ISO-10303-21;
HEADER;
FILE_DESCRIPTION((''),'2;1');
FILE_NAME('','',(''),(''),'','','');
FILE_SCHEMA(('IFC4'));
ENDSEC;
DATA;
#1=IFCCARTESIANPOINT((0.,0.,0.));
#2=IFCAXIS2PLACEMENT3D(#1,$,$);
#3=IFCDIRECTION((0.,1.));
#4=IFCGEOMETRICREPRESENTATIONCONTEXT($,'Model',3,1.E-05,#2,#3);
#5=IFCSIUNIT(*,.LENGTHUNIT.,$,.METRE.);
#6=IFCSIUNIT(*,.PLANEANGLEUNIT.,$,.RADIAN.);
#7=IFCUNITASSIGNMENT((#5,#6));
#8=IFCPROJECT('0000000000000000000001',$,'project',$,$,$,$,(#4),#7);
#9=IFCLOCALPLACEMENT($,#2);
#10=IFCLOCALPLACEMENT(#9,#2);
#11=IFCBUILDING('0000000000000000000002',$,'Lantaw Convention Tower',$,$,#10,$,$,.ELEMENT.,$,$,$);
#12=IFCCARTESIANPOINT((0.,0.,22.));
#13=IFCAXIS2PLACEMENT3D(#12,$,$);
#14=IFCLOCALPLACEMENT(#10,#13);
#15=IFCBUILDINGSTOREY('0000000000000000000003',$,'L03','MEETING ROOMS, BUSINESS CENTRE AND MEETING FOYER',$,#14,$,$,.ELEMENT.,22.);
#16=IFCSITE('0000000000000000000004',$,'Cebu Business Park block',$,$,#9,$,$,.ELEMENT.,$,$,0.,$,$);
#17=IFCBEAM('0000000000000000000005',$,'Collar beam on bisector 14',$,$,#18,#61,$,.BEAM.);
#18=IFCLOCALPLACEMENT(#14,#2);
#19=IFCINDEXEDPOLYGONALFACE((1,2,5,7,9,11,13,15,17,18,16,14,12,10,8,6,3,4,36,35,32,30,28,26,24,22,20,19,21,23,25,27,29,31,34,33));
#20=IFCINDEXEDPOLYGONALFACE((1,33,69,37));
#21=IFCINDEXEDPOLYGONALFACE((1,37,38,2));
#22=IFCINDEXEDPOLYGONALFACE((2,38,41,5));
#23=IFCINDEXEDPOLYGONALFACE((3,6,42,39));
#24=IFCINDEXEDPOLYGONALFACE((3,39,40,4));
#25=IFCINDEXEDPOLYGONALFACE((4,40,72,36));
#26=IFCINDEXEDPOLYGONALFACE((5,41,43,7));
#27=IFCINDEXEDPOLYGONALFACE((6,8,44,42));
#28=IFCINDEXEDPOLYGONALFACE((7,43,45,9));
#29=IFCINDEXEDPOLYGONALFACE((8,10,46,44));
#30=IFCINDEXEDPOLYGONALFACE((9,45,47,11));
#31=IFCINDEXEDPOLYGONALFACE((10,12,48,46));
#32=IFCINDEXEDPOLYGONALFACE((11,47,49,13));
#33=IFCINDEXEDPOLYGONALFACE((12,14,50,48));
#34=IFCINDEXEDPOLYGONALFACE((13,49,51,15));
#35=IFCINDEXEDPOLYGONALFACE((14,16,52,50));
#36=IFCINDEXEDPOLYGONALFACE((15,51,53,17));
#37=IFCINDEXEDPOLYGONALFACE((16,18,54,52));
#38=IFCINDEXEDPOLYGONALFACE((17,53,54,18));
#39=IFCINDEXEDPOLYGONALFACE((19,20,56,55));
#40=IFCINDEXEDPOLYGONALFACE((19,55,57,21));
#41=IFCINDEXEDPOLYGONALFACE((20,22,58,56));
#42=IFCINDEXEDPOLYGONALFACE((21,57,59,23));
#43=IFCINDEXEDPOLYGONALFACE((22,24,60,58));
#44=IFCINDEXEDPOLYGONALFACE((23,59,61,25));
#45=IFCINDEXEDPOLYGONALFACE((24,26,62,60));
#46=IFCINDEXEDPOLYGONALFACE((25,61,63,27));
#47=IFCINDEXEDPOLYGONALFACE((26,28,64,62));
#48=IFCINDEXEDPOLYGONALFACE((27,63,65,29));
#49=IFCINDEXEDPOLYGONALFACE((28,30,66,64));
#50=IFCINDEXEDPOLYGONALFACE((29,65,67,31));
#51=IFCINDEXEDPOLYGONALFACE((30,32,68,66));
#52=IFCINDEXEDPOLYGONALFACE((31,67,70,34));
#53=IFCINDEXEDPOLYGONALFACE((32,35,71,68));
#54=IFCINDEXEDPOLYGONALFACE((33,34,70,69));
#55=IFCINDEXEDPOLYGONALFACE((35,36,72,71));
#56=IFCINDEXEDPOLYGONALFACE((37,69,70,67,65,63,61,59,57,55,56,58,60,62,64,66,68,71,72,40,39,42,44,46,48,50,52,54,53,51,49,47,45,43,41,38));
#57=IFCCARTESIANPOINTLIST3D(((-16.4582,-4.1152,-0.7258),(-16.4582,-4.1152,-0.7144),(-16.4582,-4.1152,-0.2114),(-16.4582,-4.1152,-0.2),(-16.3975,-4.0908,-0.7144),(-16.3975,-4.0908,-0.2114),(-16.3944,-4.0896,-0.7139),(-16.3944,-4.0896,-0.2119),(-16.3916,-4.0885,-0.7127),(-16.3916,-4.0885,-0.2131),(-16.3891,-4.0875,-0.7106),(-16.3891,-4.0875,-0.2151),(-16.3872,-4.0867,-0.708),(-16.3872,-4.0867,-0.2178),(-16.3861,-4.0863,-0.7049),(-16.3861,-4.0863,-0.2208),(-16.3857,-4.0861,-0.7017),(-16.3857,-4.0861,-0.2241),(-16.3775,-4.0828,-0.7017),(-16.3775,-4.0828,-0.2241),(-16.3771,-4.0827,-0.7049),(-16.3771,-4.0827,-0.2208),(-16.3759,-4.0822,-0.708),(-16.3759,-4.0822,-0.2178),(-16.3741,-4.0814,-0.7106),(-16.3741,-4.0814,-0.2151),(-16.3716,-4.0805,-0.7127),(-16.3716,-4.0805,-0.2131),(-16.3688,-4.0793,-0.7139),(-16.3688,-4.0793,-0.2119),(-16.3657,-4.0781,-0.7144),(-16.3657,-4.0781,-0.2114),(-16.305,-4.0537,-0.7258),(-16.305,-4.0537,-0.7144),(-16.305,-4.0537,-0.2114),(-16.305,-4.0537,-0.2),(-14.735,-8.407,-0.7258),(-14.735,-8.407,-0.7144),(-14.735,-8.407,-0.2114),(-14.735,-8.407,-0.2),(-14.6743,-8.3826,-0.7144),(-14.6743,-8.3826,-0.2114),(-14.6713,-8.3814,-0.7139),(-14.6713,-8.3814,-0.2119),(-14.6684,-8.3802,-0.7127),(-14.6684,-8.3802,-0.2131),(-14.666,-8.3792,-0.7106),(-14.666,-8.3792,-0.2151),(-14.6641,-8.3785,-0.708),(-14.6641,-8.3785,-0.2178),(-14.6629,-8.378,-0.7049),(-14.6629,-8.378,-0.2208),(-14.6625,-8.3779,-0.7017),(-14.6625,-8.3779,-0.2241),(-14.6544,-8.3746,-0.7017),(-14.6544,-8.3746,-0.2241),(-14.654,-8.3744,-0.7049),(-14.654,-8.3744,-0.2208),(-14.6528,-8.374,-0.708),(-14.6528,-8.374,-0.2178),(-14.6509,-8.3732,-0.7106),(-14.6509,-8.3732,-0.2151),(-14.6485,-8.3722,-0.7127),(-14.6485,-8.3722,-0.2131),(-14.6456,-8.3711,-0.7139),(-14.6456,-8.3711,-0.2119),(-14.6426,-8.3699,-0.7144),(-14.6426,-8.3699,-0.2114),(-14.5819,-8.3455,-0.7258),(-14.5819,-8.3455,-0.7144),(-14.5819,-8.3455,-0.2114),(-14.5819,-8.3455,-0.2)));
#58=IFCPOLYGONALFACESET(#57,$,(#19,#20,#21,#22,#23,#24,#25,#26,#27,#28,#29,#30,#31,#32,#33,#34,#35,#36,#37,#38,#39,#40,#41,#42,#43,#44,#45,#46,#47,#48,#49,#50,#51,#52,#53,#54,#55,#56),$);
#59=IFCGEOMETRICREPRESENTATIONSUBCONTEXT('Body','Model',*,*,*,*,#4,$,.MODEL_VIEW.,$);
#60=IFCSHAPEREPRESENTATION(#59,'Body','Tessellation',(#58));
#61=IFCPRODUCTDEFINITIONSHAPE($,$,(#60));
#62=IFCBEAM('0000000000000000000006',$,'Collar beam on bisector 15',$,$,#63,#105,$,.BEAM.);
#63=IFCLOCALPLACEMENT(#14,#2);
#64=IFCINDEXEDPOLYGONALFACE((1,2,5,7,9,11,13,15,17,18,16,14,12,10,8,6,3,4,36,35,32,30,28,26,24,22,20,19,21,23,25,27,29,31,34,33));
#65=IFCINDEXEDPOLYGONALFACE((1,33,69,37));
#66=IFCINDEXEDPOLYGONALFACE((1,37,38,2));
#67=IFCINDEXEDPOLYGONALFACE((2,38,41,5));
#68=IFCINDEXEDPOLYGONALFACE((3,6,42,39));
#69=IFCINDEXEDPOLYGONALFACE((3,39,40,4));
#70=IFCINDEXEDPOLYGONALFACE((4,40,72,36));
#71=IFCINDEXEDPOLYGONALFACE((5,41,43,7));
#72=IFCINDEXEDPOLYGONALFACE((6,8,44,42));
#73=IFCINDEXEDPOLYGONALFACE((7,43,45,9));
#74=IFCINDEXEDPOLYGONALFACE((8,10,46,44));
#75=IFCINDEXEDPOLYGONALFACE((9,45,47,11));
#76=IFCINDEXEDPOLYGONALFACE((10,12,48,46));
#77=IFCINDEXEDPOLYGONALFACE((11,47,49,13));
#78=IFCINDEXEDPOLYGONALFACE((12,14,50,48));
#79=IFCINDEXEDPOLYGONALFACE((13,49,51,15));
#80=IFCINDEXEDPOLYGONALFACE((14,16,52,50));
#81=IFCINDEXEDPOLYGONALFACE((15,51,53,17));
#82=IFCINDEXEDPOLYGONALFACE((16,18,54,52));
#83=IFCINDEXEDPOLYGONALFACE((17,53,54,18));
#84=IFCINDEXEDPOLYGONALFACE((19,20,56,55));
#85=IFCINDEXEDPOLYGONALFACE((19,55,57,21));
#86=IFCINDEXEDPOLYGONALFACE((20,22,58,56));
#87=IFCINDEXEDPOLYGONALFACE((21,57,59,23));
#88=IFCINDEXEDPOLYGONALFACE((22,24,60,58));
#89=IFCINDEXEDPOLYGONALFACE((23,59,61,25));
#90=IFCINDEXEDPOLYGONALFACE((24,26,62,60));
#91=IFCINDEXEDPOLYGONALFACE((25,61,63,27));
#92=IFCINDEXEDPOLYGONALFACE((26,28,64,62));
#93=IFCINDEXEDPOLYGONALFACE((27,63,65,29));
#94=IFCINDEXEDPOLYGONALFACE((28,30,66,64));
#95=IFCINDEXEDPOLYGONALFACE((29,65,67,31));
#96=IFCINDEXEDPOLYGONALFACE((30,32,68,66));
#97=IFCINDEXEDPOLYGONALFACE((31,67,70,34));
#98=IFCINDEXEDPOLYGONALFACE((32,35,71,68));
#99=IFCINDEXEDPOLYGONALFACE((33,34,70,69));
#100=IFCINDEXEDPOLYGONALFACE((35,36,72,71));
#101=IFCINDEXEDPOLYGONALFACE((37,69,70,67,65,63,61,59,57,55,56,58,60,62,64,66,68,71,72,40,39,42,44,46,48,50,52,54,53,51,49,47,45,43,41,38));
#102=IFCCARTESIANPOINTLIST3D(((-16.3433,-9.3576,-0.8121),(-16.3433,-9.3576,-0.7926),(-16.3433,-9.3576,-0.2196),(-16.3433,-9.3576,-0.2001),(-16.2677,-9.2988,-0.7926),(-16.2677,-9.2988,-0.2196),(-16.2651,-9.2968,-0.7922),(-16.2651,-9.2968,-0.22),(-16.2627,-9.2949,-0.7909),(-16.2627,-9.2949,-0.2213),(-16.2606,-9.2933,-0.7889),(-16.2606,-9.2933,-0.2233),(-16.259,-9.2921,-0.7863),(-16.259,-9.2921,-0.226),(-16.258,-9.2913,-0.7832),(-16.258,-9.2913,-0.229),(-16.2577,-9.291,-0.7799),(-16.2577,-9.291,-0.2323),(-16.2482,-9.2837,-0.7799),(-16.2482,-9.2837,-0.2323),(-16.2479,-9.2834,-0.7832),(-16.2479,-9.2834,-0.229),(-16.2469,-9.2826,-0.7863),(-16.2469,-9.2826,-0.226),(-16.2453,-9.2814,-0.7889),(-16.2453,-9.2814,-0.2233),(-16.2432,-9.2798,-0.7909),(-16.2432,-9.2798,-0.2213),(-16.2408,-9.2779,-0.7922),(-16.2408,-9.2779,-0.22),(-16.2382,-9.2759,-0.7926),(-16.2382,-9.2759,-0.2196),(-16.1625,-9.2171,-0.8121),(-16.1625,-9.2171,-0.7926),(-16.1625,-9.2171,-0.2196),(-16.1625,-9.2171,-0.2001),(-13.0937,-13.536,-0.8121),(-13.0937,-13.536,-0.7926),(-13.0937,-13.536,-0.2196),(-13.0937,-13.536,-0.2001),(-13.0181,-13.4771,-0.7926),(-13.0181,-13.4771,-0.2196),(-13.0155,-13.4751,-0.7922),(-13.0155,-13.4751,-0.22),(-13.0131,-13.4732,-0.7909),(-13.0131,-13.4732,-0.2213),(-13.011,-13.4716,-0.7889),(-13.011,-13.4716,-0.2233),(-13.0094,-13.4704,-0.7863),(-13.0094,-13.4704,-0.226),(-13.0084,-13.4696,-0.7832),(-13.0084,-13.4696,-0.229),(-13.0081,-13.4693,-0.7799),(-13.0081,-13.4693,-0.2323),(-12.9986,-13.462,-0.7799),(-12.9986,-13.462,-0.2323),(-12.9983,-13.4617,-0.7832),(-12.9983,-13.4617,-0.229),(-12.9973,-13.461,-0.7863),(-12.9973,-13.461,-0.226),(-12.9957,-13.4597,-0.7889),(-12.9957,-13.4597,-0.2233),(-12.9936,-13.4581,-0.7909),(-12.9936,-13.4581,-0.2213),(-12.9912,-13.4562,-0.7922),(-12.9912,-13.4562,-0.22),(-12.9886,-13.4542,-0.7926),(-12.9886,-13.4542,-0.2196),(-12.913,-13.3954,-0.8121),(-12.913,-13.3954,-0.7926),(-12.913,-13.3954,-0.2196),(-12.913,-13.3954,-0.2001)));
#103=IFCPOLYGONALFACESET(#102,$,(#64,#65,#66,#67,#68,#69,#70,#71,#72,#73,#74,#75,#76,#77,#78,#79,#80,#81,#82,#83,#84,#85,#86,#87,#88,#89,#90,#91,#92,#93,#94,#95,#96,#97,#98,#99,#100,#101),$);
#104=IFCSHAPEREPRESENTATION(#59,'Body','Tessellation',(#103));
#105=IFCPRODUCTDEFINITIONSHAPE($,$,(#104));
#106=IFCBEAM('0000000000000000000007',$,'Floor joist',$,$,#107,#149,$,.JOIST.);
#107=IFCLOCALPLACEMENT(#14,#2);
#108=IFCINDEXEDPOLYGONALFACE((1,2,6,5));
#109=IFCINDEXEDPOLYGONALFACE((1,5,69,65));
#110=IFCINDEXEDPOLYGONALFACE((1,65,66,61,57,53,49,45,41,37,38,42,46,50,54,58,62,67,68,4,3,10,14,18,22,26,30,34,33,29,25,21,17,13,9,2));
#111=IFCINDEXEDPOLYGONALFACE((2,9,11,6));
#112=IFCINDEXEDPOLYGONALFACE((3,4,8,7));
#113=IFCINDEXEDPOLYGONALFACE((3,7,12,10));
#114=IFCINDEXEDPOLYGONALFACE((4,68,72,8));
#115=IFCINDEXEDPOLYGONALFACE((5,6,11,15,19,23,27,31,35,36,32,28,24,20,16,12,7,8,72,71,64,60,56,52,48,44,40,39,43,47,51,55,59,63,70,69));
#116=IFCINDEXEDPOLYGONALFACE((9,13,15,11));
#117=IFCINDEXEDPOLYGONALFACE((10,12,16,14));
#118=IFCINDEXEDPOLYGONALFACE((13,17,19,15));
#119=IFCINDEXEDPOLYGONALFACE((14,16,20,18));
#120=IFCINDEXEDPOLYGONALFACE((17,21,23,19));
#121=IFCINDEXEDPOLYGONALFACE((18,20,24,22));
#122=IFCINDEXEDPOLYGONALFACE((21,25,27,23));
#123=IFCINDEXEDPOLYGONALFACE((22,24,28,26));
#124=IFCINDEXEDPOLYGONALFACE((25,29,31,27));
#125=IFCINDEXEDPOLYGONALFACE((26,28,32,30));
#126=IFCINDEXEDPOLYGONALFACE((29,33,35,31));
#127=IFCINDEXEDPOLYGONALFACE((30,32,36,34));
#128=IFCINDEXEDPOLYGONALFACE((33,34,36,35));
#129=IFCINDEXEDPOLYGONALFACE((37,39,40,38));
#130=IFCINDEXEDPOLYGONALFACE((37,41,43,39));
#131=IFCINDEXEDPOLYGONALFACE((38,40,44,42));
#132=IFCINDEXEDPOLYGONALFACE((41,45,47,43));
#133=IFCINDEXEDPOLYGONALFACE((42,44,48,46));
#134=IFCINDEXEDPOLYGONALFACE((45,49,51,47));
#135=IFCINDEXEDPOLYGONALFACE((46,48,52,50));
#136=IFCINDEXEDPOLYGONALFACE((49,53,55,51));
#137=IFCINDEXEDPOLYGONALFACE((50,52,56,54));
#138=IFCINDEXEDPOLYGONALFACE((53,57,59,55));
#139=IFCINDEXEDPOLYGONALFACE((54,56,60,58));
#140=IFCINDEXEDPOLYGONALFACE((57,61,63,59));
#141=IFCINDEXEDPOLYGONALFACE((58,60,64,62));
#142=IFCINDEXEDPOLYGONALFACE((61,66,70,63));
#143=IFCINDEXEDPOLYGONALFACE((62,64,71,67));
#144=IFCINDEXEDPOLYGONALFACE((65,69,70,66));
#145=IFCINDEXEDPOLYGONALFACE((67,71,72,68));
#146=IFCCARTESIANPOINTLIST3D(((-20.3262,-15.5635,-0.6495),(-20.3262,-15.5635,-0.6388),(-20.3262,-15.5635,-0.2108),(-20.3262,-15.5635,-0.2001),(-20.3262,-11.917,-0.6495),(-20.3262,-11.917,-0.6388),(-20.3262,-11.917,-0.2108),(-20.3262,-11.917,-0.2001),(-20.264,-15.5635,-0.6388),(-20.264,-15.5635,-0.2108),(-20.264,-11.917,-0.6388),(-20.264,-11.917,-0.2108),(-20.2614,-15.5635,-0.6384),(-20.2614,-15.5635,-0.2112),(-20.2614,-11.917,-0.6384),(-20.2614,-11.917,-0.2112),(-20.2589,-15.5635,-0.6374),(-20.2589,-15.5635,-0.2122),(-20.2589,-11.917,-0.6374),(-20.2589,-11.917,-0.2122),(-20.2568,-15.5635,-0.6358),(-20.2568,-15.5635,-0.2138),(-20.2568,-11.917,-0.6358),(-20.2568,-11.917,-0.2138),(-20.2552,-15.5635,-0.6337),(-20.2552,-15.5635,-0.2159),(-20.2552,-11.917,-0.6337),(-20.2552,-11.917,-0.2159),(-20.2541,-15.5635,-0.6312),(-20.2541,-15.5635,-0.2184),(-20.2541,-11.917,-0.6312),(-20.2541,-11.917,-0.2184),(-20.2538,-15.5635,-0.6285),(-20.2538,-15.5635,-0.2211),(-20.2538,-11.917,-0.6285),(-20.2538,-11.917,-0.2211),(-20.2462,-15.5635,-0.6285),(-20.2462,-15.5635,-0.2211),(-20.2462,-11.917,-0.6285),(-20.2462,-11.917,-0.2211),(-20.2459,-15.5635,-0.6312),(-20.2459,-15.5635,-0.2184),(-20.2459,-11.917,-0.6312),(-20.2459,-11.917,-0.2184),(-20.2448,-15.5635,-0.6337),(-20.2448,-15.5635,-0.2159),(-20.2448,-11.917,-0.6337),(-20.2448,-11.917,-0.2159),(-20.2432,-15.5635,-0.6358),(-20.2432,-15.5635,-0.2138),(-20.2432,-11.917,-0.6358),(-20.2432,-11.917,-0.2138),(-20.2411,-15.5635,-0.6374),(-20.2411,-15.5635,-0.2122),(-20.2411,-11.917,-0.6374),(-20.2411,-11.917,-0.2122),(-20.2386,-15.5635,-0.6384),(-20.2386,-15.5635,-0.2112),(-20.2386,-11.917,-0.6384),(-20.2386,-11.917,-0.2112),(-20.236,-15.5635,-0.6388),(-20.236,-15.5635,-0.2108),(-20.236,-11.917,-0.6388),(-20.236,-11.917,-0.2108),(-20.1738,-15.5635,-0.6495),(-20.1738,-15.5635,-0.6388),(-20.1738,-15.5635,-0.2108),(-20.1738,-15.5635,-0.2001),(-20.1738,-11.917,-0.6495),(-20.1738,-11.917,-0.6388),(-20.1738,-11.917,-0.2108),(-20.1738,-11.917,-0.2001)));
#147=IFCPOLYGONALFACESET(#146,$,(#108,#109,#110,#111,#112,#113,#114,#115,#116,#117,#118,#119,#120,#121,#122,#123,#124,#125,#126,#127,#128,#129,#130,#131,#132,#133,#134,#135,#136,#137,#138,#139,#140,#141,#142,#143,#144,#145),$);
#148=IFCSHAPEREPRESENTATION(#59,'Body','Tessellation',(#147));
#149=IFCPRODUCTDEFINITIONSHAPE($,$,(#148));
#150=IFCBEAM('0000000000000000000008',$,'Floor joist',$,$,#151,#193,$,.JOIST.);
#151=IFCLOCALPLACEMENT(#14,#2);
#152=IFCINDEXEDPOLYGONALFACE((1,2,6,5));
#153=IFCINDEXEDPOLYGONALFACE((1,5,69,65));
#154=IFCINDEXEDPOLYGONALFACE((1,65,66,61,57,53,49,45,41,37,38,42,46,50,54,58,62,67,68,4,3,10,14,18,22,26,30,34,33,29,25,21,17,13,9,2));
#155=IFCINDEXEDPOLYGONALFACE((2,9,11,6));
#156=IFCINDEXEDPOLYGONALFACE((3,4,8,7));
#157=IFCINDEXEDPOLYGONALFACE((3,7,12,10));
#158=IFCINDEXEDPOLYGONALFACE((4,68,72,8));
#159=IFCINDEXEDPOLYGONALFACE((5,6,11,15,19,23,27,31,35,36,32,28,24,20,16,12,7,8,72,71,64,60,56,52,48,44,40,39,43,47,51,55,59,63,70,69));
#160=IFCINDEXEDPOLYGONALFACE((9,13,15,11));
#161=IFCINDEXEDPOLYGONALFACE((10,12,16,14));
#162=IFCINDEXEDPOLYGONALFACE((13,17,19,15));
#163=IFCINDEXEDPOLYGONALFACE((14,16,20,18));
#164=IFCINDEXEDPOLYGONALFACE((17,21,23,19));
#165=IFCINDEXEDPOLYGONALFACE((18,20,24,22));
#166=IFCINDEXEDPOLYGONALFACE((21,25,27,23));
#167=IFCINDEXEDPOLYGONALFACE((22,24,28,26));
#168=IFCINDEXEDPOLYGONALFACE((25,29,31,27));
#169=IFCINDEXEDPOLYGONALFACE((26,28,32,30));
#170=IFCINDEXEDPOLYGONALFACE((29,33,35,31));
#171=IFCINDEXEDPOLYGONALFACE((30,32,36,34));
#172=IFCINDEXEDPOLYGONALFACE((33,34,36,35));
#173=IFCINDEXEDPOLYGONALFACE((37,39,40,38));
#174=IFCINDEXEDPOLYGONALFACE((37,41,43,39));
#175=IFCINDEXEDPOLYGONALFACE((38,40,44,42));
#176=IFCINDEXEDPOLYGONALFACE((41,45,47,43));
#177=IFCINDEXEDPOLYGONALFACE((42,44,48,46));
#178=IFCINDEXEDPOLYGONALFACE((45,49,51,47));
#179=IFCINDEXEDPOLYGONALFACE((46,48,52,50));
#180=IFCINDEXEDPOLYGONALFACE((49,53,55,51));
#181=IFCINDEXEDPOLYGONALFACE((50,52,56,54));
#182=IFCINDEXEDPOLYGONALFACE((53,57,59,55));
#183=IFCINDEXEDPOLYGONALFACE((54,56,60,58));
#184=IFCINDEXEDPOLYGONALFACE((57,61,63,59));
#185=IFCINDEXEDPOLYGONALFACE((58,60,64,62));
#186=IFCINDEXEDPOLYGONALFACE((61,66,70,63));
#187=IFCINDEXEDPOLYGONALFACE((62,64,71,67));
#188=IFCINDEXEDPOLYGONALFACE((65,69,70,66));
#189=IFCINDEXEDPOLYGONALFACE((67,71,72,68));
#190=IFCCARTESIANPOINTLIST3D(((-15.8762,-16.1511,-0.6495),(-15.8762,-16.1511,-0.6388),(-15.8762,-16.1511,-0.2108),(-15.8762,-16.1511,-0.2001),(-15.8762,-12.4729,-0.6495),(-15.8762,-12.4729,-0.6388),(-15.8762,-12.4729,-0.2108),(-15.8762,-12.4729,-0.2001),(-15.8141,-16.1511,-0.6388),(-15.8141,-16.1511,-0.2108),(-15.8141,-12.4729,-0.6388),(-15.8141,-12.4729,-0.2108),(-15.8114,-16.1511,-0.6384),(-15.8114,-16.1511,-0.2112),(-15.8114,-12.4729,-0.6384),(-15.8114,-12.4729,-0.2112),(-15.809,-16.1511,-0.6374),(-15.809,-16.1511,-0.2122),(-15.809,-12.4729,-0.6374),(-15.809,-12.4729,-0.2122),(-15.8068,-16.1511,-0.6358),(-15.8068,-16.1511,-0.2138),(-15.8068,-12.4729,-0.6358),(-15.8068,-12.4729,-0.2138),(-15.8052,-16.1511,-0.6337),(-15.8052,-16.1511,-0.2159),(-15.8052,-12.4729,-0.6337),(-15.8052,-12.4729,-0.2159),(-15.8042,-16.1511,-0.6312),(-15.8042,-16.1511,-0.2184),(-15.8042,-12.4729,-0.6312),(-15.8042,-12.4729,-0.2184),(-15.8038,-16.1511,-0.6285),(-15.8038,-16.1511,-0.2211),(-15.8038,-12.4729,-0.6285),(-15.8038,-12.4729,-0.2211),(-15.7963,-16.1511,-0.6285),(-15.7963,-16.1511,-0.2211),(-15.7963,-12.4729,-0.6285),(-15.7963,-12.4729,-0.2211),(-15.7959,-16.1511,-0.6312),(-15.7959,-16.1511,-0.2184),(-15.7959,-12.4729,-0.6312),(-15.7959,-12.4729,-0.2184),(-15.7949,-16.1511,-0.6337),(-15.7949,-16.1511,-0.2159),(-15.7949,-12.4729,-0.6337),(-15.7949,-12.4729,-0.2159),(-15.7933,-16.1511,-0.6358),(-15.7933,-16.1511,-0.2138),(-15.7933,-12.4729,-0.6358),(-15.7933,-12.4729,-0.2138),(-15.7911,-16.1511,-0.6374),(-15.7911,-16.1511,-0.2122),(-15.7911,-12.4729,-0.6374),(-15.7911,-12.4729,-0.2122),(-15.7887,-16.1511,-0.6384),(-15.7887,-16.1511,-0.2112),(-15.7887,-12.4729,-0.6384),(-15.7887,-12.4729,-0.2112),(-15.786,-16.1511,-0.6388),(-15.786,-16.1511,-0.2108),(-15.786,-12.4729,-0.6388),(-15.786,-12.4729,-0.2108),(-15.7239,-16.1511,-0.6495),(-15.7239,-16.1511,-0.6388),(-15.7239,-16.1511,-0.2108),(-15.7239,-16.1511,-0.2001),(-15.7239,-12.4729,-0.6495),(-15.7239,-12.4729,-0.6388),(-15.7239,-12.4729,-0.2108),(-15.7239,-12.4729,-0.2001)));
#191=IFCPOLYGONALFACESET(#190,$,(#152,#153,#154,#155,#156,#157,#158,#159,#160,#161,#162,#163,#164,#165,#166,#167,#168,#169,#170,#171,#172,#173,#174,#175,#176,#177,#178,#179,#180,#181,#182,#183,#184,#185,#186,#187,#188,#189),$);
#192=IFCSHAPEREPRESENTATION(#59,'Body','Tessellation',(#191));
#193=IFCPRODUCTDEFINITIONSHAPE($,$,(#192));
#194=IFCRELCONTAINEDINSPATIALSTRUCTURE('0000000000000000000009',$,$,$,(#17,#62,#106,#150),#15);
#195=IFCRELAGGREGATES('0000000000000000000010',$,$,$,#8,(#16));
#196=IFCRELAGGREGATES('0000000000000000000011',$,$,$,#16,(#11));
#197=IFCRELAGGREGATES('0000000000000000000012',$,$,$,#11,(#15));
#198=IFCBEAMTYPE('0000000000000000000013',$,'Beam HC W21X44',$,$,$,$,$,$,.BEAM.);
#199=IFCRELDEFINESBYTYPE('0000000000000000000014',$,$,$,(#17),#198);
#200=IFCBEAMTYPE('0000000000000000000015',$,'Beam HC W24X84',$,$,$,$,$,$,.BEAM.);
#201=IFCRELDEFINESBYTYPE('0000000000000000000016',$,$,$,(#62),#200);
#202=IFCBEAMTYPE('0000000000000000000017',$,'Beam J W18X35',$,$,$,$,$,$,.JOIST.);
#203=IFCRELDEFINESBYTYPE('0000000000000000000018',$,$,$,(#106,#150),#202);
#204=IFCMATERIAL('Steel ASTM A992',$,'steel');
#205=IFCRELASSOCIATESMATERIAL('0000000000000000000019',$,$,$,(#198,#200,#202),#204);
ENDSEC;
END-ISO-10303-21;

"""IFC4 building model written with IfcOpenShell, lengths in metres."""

from ifc_helpers import new_model, si_unit, direction, frame, origin, origin_2d, place, context, subcontext, project, spatial, i_section, extrude, material, material_profile, profile_set, type_object, element, save


model = new_model("IFC4")

# Units and contexts
model_context = context("Model", 3, precision=1e-05, world=origin(), true_north=direction((0.0, 1.0)))
body_context = subcontext(model_context, "Body", "Model", "MODEL_VIEW")
ifc_project = project(units=[si_unit("LENGTHUNIT", "METRE"), si_unit("PLANEANGLEUNIT", "RADIAN")], contexts=[model_context])

# Site, building, storey
site_placement = place(None, origin())
site = spatial("IfcSite", under=ifc_project, at=site_placement, Name="Cebu Business Park block", CompositionType="ELEMENT", RefElevation=0.0)
building_placement = place(site_placement, origin())
building = spatial("IfcBuilding", under=site, at=building_placement, Name="Lantaw Convention Tower", CompositionType="ELEMENT")
storey_placement = place(building_placement, frame((0.0, 0.0, 22.0)))
storey = spatial("IfcBuildingStorey", under=building, at=storey_placement, Name="L03", Description="MEETING ROOMS, BUSINESS CENTRE AND MEETING FOYER", CompositionType="ELEMENT", Elevation=22.0)

# Beams
ifc_material_1 = material(Name="Steel ASTM A992", Category="steel")
ifc_material_profile_1 = material_profile(ifc_material_1, i_section(OverallWidth=0.165, OverallDepth=0.5259, WebThickness=0.0088, FlangeThickness=0.0115, FilletRadius=0.0127, at=origin_2d()), Name="W21X44")
ifc_profile_set_1 = profile_set([ifc_material_profile_1], Name="Steel ASTM A992")
beam_type_1 = type_object("IfcBeamType", Name="Beam HC W21X44", PredefinedType="BEAM", material=ifc_profile_set_1)
beam_1_placement = place(storey_placement, frame((-16.3816, -4.0845, -0.4629), z_axis=(0.372592, -0.927995, 0.0), x_axis=(0.927995, 0.372592, 0.0)))
element("IfcBeam", 1, at=beam_1_placement, inside=storey, type_object=beam_type_1, Name="Collar beam on bisector 14", PredefinedType="BEAM", context=body_context, shape_type="SweptSolid", body=[
    extrude(i_section(OverallWidth=0.165, OverallDepth=0.5259, WebThickness=0.0088, FlangeThickness=0.0115, FilletRadius=0.0127, at=origin_2d()), origin(), (0.0, 0.0, 1.0), 4.6248),
])
ifc_material_profile_2 = material_profile(ifc_material_1, i_section(OverallWidth=0.229, OverallDepth=0.6121, WebThickness=0.012, FlangeThickness=0.0195, FilletRadius=0.0127, at=origin_2d()), Name="W24X84")
ifc_profile_set_2 = profile_set([ifc_material_profile_2], Name="Steel ASTM A992")
beam_type_2 = type_object("IfcBeamType", Name="Beam HC W24X84", PredefinedType="BEAM", material=ifc_profile_set_2)
beam_2_placement = place(storey_placement, frame((-16.2529, -9.2874, -0.5061), z_axis=(0.613915, -0.789372, 0.0), x_axis=(0.789372, 0.613915, 0.0)))
element("IfcBeam", 2, at=beam_2_placement, inside=storey, type_object=beam_type_2, Name="Collar beam on bisector 15", PredefinedType="BEAM", context=body_context, shape_type="SweptSolid", body=[
    extrude(i_section(OverallWidth=0.229, OverallDepth=0.6121, WebThickness=0.012, FlangeThickness=0.0195, FilletRadius=0.0127, at=origin_2d()), origin(), (0.0, 0.0, 1.0), 5.2932),
])
ifc_material_profile_3 = material_profile(ifc_material_1, i_section(OverallWidth=0.1523, OverallDepth=0.4495, WebThickness=0.0076, FlangeThickness=0.0107, FilletRadius=0.0103, at=origin_2d()), Name="W18X35")
ifc_profile_set_3 = profile_set([ifc_material_profile_3], Name="Steel ASTM A992")
beam_type_3 = type_object("IfcBeamType", Name="Beam J W18X35", PredefinedType="JOIST", material=ifc_profile_set_3)
beam_3_placement = place(storey_placement, frame((-20.25, -15.5635, -0.4248), z_axis=(0.0, 1.0, 0.0), x_axis=(-1.0, 0.0, 0.0)))
element("IfcBeam", 3, at=beam_3_placement, inside=storey, type_object=beam_type_3, Name="Floor joist", PredefinedType="JOIST", context=body_context, shape_type="SweptSolid", body=[
    extrude(i_section(OverallWidth=0.1523, OverallDepth=0.4495, WebThickness=0.0076, FlangeThickness=0.0107, FilletRadius=0.0103, at=origin_2d()), origin(), (0.0, 0.0, 1.0), 3.6465),
])
beam_4_placement = place(storey_placement, frame((-15.8, -16.1511, -0.4248), z_axis=(0.0, 1.0, 0.0), x_axis=(-1.0, 0.0, 0.0)))
element("IfcBeam", 4, at=beam_4_placement, inside=storey, type_object=beam_type_3, Name="Floor joist", PredefinedType="JOIST", context=body_context, shape_type="SweptSolid", body=[
    extrude(i_section(OverallWidth=0.1523, OverallDepth=0.4495, WebThickness=0.0076, FlangeThickness=0.0107, FilletRadius=0.0103, at=origin_2d()), origin(), (0.0, 0.0, 1.0), 3.6782),
])

save(model, "model.ifc")
